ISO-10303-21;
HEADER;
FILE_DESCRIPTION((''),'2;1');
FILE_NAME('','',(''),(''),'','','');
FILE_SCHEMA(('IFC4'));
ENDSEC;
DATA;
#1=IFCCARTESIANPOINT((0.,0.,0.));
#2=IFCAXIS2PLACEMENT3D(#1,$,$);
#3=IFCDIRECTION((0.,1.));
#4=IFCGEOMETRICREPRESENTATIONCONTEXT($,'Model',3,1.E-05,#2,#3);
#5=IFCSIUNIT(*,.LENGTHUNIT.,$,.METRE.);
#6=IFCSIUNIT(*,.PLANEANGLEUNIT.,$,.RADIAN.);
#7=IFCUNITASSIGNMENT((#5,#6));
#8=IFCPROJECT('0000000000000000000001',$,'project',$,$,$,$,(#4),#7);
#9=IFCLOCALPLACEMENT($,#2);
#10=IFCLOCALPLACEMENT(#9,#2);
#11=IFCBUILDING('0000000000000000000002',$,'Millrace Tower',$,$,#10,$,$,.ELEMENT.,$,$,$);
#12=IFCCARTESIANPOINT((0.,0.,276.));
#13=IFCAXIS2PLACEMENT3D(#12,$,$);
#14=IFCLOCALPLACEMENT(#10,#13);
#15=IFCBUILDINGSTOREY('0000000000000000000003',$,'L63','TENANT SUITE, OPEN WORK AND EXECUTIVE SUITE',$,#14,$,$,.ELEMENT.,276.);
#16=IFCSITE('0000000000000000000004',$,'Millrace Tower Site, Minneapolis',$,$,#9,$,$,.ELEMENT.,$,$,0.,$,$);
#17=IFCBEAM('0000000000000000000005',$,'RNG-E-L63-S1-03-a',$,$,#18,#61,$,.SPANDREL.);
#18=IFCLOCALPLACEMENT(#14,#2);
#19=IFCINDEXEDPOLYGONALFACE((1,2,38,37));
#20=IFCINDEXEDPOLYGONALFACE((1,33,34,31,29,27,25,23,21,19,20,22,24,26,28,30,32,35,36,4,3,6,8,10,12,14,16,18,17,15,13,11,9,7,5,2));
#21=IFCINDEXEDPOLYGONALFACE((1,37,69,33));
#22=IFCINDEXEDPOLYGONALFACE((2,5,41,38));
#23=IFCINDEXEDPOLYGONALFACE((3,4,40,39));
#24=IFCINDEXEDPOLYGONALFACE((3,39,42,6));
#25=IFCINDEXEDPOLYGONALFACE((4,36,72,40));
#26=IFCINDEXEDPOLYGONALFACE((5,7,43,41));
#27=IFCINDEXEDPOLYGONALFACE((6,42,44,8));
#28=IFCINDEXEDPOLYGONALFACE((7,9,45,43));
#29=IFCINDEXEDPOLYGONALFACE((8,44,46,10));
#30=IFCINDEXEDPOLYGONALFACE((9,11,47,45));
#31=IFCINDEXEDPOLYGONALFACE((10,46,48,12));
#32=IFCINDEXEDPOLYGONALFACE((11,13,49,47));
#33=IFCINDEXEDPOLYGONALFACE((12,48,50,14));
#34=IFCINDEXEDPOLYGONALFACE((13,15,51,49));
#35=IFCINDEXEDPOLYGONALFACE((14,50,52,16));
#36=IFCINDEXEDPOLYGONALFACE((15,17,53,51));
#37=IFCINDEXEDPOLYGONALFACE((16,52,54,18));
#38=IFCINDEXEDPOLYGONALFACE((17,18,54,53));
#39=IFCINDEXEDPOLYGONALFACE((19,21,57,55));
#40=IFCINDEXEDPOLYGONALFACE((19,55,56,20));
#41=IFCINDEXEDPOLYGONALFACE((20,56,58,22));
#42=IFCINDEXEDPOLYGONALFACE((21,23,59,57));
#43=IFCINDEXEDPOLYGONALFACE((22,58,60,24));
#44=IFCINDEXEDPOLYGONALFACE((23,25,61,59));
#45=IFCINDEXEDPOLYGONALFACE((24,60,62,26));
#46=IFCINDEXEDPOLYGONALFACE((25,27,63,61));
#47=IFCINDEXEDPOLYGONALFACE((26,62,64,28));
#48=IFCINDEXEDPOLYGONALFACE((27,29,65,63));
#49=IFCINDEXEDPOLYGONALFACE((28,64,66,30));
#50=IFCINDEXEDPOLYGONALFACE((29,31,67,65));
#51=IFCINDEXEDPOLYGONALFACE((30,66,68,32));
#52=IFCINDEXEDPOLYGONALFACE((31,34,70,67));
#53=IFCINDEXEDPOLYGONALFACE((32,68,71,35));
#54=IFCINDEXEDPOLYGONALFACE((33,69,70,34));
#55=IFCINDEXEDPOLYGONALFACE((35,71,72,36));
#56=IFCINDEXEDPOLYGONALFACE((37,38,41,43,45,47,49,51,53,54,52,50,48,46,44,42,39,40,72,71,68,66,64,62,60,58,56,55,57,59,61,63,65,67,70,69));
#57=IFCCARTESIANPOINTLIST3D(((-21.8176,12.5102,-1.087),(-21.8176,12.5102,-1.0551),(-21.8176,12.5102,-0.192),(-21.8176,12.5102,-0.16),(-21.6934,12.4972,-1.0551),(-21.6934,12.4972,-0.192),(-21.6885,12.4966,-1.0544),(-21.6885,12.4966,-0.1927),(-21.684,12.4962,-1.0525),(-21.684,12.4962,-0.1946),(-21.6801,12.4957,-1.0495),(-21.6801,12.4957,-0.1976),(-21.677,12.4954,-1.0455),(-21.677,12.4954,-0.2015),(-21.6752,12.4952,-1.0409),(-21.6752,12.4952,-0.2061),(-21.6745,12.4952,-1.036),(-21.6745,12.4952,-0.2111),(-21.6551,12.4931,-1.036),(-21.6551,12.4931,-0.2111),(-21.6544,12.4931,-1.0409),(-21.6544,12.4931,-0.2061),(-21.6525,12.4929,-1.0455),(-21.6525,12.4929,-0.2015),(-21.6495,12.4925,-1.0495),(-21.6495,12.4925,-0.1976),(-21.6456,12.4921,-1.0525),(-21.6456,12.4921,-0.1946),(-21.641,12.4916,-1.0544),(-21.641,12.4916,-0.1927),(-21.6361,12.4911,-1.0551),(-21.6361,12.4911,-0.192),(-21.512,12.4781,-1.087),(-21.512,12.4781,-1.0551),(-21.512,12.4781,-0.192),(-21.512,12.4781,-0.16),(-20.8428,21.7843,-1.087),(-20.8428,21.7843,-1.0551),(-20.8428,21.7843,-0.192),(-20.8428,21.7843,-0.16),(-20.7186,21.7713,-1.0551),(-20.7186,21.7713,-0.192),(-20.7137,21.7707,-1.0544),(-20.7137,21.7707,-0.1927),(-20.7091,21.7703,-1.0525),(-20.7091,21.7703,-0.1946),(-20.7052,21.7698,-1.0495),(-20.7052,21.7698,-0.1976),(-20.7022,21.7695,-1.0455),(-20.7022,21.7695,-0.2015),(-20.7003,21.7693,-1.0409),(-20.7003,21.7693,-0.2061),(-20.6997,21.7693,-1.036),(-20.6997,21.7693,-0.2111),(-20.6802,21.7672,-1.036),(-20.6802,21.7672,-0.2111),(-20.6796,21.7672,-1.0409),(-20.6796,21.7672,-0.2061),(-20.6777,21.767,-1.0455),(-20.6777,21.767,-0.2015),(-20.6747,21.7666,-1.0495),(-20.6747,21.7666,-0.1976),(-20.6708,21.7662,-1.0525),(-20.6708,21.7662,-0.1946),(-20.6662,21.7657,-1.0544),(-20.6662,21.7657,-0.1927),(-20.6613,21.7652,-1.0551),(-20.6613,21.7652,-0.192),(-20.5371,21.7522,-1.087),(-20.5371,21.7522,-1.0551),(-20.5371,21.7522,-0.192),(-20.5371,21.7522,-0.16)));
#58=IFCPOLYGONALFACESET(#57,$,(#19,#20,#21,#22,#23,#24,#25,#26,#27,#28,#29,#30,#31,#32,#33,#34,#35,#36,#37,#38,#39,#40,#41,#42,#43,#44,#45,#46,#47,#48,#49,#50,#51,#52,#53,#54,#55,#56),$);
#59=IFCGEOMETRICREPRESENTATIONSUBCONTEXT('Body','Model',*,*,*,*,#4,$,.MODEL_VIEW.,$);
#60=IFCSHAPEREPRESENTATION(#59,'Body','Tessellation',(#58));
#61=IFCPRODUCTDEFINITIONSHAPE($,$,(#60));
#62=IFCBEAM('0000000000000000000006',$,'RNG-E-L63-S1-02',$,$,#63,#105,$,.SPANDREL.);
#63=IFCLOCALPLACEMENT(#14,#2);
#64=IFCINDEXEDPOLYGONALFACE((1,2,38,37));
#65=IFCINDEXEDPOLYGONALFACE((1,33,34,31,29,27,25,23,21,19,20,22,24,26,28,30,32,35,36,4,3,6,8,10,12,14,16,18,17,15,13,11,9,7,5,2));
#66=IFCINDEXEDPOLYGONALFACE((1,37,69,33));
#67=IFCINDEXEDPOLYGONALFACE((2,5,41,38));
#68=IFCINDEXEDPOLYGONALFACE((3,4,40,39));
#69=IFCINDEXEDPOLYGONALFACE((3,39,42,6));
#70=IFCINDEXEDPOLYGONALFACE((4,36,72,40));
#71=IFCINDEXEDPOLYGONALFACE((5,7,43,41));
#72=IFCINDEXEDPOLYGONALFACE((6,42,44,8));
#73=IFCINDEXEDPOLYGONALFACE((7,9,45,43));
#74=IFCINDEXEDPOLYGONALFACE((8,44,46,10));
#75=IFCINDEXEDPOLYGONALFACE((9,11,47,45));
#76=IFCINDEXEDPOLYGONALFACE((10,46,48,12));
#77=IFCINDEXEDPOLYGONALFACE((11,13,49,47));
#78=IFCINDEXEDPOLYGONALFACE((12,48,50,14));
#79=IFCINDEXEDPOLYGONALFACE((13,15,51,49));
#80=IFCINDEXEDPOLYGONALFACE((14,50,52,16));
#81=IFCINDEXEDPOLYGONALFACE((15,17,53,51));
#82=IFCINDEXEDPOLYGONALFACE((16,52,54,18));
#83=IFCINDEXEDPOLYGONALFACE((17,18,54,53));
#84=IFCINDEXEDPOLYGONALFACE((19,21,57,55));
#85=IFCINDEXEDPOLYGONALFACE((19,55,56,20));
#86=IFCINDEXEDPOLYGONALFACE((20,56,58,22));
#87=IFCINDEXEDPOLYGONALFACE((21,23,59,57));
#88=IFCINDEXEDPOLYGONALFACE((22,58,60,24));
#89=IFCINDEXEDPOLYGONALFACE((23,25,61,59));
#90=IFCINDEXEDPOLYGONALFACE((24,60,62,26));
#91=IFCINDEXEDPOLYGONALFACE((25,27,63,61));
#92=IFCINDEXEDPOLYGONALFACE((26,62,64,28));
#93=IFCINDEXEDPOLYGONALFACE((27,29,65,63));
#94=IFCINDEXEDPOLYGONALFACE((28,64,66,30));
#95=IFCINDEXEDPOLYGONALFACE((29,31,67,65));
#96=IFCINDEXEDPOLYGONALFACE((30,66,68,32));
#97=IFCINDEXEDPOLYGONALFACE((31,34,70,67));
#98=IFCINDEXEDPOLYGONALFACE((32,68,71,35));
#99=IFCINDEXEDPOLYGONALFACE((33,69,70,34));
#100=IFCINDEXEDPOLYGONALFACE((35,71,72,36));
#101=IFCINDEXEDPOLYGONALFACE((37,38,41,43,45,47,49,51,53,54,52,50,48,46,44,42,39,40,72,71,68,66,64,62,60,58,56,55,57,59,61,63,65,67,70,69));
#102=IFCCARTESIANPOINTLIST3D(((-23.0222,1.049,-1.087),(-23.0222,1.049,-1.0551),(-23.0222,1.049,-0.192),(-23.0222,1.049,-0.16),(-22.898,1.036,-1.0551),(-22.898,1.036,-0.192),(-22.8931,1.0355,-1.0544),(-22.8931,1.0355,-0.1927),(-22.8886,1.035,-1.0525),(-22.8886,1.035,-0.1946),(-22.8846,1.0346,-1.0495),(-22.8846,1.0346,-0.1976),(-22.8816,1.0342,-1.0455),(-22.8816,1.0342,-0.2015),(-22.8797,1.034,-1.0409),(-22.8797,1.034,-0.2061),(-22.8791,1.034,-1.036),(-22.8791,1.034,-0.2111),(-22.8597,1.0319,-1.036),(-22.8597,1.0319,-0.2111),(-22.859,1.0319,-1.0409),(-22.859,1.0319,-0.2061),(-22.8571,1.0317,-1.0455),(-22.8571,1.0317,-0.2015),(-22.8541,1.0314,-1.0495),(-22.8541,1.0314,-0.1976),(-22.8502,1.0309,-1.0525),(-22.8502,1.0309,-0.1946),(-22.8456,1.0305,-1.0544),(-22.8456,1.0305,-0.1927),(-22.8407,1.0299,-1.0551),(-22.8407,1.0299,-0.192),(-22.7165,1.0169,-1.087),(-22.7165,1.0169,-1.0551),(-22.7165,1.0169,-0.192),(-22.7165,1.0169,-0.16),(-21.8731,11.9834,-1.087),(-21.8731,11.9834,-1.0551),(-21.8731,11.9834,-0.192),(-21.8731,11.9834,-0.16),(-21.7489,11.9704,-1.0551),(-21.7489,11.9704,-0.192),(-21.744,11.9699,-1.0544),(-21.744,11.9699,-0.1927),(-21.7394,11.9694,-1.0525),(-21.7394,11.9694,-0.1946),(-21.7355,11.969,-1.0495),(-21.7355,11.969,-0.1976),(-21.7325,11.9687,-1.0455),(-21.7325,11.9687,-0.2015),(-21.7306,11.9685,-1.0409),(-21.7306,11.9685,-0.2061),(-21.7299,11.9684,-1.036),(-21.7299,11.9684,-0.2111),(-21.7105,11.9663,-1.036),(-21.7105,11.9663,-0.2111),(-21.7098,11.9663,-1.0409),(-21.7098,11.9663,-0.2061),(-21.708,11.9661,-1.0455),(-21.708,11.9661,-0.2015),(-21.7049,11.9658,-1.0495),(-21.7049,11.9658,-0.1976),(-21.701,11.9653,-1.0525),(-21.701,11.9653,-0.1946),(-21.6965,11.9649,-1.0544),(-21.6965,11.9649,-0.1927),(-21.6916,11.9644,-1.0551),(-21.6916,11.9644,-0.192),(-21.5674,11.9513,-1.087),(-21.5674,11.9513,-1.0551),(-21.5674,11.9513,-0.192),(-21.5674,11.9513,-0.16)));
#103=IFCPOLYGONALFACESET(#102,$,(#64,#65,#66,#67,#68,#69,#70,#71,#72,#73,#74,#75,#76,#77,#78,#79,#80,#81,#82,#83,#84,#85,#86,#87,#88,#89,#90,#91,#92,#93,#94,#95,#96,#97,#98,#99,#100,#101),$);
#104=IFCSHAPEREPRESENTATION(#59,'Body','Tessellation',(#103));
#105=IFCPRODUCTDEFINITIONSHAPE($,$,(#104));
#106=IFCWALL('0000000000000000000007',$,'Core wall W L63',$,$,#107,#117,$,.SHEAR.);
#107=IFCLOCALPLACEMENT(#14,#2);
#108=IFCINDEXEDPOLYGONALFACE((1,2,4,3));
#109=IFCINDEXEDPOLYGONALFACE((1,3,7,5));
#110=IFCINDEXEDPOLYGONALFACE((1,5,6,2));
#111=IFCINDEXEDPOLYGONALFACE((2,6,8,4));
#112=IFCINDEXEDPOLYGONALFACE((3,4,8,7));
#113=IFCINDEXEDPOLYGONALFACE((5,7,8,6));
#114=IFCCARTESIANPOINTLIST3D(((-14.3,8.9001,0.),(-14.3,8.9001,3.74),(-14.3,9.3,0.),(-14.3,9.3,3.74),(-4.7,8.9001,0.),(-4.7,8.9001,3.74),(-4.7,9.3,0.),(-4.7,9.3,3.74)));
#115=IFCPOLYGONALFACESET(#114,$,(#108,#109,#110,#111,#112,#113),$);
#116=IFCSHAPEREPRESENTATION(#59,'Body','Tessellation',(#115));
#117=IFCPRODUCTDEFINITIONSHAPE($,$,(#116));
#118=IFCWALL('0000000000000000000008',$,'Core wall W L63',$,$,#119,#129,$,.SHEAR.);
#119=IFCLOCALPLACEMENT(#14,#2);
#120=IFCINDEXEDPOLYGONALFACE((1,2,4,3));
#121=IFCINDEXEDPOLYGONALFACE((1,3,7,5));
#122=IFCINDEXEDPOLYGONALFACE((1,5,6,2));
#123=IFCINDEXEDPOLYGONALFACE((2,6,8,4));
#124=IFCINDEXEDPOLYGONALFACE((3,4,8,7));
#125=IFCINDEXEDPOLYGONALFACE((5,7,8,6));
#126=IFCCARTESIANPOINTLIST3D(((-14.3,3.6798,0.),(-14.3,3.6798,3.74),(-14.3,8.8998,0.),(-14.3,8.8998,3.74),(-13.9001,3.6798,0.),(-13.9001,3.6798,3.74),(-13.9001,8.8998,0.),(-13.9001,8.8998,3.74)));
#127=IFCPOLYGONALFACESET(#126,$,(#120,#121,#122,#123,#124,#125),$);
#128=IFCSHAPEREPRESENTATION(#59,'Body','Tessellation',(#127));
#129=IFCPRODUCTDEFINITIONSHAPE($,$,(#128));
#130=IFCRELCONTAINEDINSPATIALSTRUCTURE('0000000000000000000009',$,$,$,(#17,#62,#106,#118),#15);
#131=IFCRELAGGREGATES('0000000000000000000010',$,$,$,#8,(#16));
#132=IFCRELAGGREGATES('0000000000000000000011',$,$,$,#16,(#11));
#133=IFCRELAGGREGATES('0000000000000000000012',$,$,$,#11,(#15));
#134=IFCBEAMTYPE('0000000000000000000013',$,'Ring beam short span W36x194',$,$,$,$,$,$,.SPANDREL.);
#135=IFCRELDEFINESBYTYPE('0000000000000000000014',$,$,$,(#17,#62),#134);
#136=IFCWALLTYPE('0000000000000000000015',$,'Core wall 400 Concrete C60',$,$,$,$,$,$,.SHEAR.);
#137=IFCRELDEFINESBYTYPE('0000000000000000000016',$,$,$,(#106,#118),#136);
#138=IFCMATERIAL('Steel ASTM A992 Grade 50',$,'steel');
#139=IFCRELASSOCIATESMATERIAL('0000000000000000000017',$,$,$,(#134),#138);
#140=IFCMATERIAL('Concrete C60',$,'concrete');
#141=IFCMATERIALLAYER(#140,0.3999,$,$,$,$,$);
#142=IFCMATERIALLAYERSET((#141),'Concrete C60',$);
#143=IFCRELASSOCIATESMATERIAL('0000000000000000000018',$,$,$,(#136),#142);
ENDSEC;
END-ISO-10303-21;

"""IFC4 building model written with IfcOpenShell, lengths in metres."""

from ifc_helpers import new_model, si_unit, direction, frame, frame_2d, origin, origin_2d, place, context, subcontext, project, spatial, rectangle, i_section, extrude, material, layer, layer_set, material_profile, profile_set, type_object, element, save


model = new_model("IFC4")

# Units and contexts
model_context = context("Model", 3, precision=1e-05, world=origin(), true_north=direction((0.0, 1.0)))
body_context = subcontext(model_context, "Body", "Model", "MODEL_VIEW")
ifc_project = project(units=[si_unit("LENGTHUNIT", "METRE"), si_unit("PLANEANGLEUNIT", "RADIAN")], contexts=[model_context])

# Site, building, storey
site_placement = place(None, origin())
site = spatial("IfcSite", under=ifc_project, at=site_placement, Name="Millrace Tower Site, Minneapolis", CompositionType="ELEMENT", RefElevation=0.0)
building_placement = place(site_placement, origin())
building = spatial("IfcBuilding", under=site, at=building_placement, Name="Millrace Tower", CompositionType="ELEMENT")
storey_placement = place(building_placement, frame((0.0, 0.0, 276.0)))
storey = spatial("IfcBuildingStorey", under=building, at=storey_placement, Name="L63", Description="TENANT SUITE, OPEN WORK AND EXECUTIVE SUITE", CompositionType="ELEMENT", Elevation=276.0)

# Beams
ifc_material_1 = material(Name="Steel ASTM A992 Grade 50", Category="steel")
ifc_material_profile_1 = material_profile(ifc_material_1, i_section(OverallWidth=0.3074, OverallDepth=0.927, WebThickness=0.0195, FlangeThickness=0.032, FilletRadius=0.019, at=origin_2d()))
ifc_profile_set_1 = profile_set([ifc_material_profile_1], Name="Steel ASTM A992 Grade 50")
beam_type_1 = type_object("IfcBeamType", Name="Ring beam short span W36x194", PredefinedType="SPANDREL", material=ifc_profile_set_1)
beam_1_placement = place(storey_placement, frame((-21.6648, 12.4941, -0.6235), z_axis=(0.104539, 0.994521, 0.0), x_axis=(-0.994521, 0.104539, 0.0)))
element("IfcBeam", 1, at=beam_1_placement, inside=storey, type_object=beam_type_1, Name="RNG-E-L63-S1-03-a", PredefinedType="SPANDREL", context=body_context, shape_type="SweptSolid", body=[
    extrude(i_section(OverallWidth=0.3074, OverallDepth=0.927, WebThickness=0.0195, FlangeThickness=0.032, FilletRadius=0.019, at=origin_2d()), origin(), (0.0, 0.0, 1.0), 9.3252),
])
beam_2_placement = place(storey_placement, frame((-22.8694, 1.033, -0.6235), z_axis=(0.104522, 0.994523, 0.0), x_axis=(-0.994523, 0.104522, 0.0)))
element("IfcBeam", 2, at=beam_2_placement, inside=storey, type_object=beam_type_1, Name="RNG-E-L63-S1-02", PredefinedType="SPANDREL", context=body_context, shape_type="SweptSolid", body=[
    extrude(i_section(OverallWidth=0.3074, OverallDepth=0.927, WebThickness=0.0195, FlangeThickness=0.032, FilletRadius=0.019, at=origin_2d()), origin(), (0.0, 0.0, 1.0), 10.9946),
])

# Walls
ifc_material_2 = material(Name="Concrete C60", Category="concrete")
ifc_layer_1 = layer(ifc_material_2, 0.3999)
ifc_layer_set_1 = layer_set([ifc_layer_1], Name="Concrete C60")
wall_type_1 = type_object("IfcWallType", Name="Core wall 400 Concrete C60", PredefinedType="SHEAR", material=ifc_layer_set_1)
wall_1_placement = place(storey_placement, frame((-14.3, 9.1001, 0.0), z_axis=(0.0, 0.0, 1.0), x_axis=(1.0, 0.0, 0.0)))
element("IfcWall", 3, at=wall_1_placement, inside=storey, type_object=wall_type_1, Name="Core wall W L63", PredefinedType="SHEAR", context=body_context, shape_type="SweptSolid", body=[
    extrude(rectangle(XDim=9.6001, YDim=0.3999, at=frame_2d((4.8, 0.0))), origin(), (0.0, 0.0, 1.0), 3.74),
])
wall_2_placement = place(storey_placement, frame((-14.1001, 3.6799, 0.0), z_axis=(0.0, 0.0, 1.0), x_axis=(0.0, 1.0, 0.0)))
element("IfcWall", 4, at=wall_2_placement, inside=storey, type_object=wall_type_1, Name="Core wall W L63", PredefinedType="SHEAR", context=body_context, shape_type="SweptSolid", body=[
    extrude(rectangle(XDim=5.22, YDim=0.3999, at=frame_2d((2.6099, 0.0))), origin(), (0.0, 0.0, 1.0), 3.74),
])

save(model, "model.ifc")
